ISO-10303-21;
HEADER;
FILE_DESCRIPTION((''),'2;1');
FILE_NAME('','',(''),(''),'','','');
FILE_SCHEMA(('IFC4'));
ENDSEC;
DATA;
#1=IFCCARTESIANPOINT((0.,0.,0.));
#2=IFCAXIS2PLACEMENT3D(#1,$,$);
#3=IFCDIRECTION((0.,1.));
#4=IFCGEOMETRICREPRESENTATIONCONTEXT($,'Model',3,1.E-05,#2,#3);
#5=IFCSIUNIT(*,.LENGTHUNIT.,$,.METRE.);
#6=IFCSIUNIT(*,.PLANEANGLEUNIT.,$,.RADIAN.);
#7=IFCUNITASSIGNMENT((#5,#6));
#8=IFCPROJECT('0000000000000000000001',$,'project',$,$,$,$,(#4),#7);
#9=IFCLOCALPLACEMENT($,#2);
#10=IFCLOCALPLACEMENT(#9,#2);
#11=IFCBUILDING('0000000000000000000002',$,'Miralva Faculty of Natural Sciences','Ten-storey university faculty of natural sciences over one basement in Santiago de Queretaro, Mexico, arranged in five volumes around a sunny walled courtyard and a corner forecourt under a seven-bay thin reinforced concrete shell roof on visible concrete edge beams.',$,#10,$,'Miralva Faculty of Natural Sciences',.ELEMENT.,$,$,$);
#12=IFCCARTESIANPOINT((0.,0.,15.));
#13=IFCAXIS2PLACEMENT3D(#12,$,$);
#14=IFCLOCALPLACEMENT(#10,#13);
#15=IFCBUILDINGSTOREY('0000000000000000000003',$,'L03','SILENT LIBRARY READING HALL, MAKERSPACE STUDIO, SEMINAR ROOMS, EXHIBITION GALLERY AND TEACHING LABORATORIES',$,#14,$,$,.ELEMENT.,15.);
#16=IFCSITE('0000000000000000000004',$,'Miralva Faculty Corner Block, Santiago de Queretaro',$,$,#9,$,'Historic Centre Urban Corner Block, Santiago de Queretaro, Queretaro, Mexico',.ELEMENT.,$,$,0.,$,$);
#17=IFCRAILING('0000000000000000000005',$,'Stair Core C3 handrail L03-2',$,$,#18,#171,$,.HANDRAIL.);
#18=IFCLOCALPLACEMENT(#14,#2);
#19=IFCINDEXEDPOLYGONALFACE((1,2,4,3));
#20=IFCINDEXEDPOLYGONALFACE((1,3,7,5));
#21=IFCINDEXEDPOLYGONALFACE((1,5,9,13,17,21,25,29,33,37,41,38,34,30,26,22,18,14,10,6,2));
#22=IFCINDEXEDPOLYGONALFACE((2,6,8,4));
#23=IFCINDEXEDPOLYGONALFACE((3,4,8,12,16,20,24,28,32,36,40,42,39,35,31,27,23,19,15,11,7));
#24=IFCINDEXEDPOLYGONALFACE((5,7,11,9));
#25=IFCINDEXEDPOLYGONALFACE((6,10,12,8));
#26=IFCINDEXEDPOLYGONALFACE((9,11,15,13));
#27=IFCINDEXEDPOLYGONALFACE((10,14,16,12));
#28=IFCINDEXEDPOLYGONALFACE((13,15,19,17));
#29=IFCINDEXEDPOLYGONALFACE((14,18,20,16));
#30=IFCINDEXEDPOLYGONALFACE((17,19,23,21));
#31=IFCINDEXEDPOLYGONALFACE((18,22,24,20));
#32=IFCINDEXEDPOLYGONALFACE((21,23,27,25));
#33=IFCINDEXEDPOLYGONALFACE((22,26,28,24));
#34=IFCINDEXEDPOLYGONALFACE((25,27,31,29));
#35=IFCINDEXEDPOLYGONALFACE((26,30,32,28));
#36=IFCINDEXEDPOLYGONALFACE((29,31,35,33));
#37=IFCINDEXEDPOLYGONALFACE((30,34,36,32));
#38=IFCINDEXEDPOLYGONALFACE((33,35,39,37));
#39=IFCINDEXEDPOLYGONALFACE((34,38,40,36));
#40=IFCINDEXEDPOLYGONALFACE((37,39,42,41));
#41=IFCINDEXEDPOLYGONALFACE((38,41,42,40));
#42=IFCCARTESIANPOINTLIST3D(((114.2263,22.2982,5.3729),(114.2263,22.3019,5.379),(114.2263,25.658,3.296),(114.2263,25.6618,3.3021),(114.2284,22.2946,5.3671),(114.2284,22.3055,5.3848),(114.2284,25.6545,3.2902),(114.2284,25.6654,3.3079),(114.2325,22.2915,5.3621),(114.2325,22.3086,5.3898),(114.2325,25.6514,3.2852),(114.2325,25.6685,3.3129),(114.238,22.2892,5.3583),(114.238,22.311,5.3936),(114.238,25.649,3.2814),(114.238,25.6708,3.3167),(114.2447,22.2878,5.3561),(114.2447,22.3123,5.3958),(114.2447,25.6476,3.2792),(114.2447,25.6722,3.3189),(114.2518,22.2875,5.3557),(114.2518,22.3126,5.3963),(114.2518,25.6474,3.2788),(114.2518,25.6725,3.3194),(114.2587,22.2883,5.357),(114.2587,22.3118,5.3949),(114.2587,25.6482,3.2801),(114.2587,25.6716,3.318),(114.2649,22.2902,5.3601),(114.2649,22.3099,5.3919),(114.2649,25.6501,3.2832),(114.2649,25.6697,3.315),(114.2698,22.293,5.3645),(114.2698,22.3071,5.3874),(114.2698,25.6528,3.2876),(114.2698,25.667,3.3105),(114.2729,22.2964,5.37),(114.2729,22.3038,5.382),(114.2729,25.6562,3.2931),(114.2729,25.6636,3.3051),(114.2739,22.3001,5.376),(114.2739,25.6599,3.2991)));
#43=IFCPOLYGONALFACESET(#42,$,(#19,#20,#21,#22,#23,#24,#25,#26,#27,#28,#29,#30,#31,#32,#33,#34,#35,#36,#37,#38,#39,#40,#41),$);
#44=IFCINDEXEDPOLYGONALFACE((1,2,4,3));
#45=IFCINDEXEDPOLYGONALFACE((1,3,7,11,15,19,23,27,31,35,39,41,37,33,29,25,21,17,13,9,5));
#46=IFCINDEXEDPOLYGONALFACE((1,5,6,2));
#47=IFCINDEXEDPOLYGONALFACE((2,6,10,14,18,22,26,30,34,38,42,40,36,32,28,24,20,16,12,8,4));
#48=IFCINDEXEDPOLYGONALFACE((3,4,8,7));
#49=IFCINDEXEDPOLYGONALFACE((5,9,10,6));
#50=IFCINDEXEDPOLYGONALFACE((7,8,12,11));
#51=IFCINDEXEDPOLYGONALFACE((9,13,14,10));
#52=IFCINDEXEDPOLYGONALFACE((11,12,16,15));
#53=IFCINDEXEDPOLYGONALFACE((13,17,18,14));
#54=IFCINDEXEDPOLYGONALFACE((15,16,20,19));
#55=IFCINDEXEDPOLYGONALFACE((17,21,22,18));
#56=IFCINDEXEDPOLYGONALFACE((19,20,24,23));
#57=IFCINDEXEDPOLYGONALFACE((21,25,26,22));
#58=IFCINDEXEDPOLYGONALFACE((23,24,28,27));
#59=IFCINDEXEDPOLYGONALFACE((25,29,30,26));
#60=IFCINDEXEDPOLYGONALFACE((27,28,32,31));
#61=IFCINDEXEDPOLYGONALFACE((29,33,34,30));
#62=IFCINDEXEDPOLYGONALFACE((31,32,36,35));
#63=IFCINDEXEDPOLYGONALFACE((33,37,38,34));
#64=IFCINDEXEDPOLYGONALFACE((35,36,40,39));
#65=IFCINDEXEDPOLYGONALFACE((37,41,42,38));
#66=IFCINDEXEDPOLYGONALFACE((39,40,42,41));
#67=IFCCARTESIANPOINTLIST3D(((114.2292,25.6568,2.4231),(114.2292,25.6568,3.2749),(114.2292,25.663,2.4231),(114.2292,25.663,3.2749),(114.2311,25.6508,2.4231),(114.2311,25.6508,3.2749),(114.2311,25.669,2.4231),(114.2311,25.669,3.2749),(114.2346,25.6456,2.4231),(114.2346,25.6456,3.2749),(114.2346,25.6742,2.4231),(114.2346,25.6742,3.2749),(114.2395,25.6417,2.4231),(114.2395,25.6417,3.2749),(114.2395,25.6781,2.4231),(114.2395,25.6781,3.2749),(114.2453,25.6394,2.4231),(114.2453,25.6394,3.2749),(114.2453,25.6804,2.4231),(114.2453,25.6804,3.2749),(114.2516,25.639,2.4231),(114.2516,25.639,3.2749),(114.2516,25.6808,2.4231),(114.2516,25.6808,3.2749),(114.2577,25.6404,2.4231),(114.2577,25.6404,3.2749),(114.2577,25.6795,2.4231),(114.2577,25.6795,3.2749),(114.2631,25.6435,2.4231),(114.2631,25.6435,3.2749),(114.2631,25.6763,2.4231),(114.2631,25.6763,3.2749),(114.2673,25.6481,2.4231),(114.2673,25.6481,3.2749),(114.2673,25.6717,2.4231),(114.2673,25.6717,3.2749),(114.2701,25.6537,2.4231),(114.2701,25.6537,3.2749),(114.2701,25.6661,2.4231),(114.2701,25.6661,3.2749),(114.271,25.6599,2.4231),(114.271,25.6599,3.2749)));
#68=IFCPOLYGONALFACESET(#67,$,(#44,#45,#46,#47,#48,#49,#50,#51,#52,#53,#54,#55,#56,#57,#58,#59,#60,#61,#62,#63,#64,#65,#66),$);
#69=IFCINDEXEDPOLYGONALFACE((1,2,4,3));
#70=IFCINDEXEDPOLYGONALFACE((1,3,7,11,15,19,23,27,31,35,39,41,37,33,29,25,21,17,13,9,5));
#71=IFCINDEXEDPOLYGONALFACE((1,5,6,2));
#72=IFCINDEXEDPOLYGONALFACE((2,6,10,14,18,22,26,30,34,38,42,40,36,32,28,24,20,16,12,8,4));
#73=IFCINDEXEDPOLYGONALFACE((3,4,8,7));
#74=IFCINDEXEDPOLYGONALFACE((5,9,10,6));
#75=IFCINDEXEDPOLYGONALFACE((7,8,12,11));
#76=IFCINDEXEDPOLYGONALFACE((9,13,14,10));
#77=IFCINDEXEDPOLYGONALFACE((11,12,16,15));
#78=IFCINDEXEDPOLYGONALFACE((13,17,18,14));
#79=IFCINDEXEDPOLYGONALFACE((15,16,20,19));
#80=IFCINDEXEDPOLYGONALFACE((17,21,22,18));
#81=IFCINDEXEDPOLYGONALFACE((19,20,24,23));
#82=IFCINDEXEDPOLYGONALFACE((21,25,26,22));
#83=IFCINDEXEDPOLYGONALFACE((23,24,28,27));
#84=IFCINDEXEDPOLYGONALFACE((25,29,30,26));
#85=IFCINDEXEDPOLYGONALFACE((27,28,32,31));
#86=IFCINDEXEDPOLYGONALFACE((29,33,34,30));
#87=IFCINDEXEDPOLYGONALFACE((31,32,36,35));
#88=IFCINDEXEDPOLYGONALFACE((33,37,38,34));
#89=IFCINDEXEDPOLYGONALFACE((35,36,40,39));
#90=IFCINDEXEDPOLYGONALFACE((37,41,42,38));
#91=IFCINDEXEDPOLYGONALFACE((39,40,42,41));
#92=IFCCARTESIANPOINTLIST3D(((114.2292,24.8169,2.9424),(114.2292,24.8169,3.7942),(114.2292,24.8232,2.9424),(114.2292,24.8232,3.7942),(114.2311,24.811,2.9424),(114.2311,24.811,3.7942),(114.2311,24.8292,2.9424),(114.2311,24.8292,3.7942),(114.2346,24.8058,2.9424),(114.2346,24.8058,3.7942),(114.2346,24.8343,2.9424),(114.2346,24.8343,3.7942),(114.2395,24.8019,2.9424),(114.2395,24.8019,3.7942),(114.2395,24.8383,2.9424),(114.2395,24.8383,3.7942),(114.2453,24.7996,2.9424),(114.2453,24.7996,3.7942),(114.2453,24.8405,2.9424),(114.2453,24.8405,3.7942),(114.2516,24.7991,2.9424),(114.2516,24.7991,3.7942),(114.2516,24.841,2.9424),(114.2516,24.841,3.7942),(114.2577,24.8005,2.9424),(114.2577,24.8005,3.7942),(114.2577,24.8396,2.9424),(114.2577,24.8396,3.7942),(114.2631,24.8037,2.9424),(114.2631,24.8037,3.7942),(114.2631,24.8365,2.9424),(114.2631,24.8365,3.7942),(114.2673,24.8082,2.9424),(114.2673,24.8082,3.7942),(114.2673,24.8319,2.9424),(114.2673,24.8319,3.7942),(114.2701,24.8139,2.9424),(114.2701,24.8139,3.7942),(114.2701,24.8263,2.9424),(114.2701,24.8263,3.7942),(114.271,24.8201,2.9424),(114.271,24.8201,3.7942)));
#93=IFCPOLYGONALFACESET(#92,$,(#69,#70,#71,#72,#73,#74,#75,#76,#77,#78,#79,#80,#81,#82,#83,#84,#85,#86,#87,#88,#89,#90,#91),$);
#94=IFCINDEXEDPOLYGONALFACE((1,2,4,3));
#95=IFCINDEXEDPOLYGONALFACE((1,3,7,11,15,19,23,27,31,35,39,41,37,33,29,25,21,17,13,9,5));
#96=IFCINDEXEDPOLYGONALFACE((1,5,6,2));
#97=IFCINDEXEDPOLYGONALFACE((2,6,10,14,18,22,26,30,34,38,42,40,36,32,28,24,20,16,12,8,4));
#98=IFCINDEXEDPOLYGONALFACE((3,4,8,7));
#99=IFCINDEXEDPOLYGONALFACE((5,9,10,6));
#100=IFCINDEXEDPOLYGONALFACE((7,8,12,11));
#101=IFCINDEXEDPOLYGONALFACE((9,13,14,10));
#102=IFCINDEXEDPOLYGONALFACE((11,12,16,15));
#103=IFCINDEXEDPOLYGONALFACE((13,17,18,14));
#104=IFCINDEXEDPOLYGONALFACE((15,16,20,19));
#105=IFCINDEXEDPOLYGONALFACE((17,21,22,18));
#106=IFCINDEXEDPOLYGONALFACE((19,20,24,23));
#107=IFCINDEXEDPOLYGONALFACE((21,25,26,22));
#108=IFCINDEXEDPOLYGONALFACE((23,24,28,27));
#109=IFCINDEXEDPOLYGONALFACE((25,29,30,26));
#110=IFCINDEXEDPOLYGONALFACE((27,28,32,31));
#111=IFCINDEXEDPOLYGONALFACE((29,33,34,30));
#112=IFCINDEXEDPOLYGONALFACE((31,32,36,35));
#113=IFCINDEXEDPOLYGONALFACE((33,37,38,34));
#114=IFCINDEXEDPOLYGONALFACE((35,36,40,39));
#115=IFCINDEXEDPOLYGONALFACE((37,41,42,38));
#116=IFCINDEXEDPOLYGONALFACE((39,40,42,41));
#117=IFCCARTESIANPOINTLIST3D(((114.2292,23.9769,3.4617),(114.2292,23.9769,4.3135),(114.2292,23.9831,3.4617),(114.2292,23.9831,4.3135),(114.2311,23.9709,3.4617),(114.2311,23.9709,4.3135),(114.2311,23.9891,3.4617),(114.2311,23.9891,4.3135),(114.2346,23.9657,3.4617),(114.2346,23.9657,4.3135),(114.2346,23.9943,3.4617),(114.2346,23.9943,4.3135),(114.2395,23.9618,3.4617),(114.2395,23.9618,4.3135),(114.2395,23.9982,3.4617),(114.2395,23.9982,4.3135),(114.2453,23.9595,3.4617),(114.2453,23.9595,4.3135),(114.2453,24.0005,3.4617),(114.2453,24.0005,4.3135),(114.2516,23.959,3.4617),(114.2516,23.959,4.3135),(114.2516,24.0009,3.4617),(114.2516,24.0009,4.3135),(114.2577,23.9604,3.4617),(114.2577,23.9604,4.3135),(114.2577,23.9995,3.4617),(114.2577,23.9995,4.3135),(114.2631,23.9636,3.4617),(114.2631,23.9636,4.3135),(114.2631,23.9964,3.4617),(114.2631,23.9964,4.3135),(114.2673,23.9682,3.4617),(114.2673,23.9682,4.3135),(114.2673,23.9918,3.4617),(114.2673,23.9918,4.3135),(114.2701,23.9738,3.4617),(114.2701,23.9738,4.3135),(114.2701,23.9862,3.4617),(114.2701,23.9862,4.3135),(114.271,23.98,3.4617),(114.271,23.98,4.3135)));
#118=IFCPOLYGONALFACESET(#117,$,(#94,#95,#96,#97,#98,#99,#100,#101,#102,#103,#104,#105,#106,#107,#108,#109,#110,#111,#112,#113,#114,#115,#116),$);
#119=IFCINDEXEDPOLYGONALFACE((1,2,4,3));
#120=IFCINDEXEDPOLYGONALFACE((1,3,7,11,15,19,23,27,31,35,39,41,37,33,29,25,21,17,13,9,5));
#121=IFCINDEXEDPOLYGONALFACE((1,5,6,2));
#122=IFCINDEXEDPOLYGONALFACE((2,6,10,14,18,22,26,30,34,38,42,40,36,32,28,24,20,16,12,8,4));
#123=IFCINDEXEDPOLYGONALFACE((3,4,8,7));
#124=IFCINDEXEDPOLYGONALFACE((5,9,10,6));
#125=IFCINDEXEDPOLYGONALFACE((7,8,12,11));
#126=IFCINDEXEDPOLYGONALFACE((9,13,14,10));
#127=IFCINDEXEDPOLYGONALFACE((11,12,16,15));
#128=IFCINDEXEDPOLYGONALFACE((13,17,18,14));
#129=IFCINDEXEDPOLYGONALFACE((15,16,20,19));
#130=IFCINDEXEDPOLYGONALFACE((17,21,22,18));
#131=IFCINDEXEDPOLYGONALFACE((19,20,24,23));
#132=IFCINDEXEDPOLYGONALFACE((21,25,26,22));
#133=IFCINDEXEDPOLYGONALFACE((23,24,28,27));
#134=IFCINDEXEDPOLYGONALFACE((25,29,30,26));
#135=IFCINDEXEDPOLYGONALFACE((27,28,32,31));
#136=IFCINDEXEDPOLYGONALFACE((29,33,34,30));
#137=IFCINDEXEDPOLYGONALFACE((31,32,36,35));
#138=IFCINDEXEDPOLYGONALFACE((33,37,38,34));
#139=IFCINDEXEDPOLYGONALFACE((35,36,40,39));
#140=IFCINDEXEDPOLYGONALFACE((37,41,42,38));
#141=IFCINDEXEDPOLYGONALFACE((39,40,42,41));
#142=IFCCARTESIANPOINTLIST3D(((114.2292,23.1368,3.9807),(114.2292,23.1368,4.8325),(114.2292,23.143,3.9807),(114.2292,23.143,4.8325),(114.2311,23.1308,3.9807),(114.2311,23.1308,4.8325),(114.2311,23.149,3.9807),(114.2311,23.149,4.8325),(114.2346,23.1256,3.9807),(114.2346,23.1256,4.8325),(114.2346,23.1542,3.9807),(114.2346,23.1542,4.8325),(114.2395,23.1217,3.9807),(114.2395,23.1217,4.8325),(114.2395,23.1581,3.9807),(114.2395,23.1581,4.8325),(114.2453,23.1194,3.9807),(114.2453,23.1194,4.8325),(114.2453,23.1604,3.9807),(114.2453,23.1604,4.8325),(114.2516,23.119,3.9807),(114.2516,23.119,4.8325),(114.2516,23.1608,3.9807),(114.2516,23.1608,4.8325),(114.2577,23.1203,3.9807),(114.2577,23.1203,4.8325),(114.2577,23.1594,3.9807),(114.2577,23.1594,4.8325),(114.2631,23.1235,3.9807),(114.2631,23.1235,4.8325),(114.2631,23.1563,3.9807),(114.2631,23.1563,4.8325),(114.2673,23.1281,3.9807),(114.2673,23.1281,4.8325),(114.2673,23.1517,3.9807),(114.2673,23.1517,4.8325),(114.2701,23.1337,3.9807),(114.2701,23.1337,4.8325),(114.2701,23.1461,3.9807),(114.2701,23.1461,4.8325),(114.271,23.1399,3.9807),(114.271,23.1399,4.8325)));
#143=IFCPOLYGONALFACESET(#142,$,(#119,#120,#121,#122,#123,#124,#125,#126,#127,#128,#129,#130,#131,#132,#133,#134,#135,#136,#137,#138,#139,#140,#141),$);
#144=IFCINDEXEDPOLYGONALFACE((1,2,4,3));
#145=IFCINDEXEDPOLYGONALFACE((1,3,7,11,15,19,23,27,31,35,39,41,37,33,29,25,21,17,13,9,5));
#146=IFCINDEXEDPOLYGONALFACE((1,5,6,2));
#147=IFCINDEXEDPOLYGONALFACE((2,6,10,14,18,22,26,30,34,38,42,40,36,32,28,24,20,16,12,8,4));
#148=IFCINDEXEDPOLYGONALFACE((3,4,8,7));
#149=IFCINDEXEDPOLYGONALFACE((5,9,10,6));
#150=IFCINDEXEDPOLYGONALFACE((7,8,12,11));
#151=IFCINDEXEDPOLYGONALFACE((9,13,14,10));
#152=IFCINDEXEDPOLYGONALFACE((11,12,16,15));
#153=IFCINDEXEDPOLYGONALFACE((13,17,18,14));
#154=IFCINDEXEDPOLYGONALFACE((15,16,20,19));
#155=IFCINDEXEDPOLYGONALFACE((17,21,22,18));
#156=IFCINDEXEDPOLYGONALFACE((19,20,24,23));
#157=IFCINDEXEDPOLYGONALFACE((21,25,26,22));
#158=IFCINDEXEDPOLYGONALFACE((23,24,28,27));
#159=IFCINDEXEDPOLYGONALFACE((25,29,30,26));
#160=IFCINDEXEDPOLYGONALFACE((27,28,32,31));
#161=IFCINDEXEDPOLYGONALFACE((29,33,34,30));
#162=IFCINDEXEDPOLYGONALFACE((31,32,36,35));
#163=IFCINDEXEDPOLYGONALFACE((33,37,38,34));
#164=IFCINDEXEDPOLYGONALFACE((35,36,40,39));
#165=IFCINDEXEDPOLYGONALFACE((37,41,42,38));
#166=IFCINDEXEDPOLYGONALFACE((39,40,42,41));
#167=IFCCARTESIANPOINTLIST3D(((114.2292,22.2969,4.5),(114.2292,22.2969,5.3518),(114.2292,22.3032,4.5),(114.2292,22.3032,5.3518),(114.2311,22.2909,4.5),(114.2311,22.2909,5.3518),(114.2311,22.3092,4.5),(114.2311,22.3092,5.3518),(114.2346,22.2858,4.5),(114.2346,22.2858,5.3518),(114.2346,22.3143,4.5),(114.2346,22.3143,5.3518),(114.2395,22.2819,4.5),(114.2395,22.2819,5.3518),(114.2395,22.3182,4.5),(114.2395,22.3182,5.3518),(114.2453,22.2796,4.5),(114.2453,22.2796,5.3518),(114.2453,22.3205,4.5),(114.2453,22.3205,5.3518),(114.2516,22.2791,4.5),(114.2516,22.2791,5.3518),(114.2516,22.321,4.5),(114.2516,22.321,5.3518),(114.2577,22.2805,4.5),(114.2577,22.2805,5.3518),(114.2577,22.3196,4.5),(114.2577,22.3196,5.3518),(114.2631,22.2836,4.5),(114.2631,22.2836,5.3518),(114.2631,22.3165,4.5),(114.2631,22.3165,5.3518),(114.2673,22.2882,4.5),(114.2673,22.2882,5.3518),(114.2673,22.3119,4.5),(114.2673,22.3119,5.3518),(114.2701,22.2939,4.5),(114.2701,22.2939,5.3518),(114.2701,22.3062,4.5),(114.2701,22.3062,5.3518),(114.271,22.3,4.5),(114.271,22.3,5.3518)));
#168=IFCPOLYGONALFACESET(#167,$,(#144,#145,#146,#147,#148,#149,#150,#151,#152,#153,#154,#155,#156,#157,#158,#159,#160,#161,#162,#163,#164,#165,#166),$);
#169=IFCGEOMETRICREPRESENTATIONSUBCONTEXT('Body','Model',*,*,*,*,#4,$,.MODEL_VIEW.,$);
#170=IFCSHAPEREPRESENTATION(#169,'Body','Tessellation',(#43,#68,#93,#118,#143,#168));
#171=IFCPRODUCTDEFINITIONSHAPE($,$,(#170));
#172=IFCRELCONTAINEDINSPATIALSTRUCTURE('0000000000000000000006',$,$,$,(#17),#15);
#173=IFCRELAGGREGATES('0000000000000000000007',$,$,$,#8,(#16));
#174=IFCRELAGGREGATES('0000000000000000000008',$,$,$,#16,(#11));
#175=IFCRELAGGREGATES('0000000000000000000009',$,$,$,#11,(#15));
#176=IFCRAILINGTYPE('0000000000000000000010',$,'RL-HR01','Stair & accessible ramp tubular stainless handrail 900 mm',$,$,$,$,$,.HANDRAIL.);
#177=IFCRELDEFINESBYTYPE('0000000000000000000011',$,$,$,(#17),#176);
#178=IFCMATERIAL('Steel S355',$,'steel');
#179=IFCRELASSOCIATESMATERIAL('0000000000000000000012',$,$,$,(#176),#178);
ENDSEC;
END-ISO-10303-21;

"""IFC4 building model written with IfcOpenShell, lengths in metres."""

from ifc_helpers import new_model, si_unit, direction, frame, origin, origin_2d, place, context, subcontext, project, spatial, circle, extrude, material, type_object, element, save


model = new_model("IFC4")

# Units and contexts
model_context = context("Model", 3, precision=1e-05, world=origin(), true_north=direction((0.0, 1.0)))
body_context = subcontext(model_context, "Body", "Model", "MODEL_VIEW")
ifc_project = project(units=[si_unit("LENGTHUNIT", "METRE"), si_unit("PLANEANGLEUNIT", "RADIAN")], contexts=[model_context])

# Site, building, storey
site_placement = place(None, origin())
site = spatial("IfcSite", under=ifc_project, at=site_placement, Name="Miralva Faculty Corner Block, Santiago de Queretaro", LongName="Historic Centre Urban Corner Block, Santiago de Queretaro, Queretaro, Mexico", CompositionType="ELEMENT", RefElevation=0.0)
building_placement = place(site_placement, origin())
building = spatial("IfcBuilding", under=site, at=building_placement, Name="Miralva Faculty of Natural Sciences", Description="Ten-storey university faculty of natural sciences over one basement in Santiago de Queretaro, Mexico, arranged in five volumes around a sunny walled courtyard and a corner forecourt under a seven-bay thin reinforced concrete shell roof on visible concrete edge beams.", LongName="Miralva Faculty of Natural Sciences", CompositionType="ELEMENT")
storey_placement = place(building_placement, frame((0.0, 0.0, 15.0)))
storey = spatial("IfcBuildingStorey", under=building, at=storey_placement, Name="L03", Description="SILENT LIBRARY READING HALL, MAKERSPACE STUDIO, SEMINAR ROOMS, EXHIBITION GALLERY AND TEACHING LABORATORIES", CompositionType="ELEMENT", Elevation=15.0)

# Railing
ifc_material_1 = material(Name="Steel S355", Category="steel")
railing_type_1 = type_object("IfcRailingType", Name="RL-HR01", Description="Stair & accessible ramp tubular stainless handrail 900 mm", PredefinedType="HANDRAIL", material=ifc_material_1)
railing_1_placement = place(storey_placement, frame((114.25, 25.6599, 2.4231)))
element("IfcRailing", 1, at=railing_1_placement, inside=storey, type_object=railing_type_1, Name="Stair Core C3 handrail L03-2", PredefinedType="HANDRAIL", context=body_context, shape_type="SweptSolid", body=[
    extrude(circle(Radius=0.0239, at=origin_2d()), frame((0.0, 0.0, 0.876), z_axis=(0.0, -0.850606, 0.525803), x_axis=(1.0, 0.0, 0.0)), (0.0, 0.0, 1.0), 3.95),
    extrude(circle(Radius=0.021, at=origin_2d()), origin(), (0.0, 0.0, 1.0), 0.8518),
    extrude(circle(Radius=0.021, at=origin_2d()), frame((0.0, -0.8398, 0.5193)), (0.0, 0.0, 1.0), 0.8518),
    extrude(circle(Radius=0.021, at=origin_2d()), frame((0.0, -1.6799, 1.0386)), (0.0, 0.0, 1.0), 0.8518),
    extrude(circle(Radius=0.021, at=origin_2d()), frame((0.0, -2.52, 1.5576)), (0.0, 0.0, 1.0), 0.8518),
    extrude(circle(Radius=0.021, at=origin_2d()), frame((0.0, -3.3599, 2.0769)), (0.0, 0.0, 1.0), 0.8518),
])

save(model, "model.ifc")
